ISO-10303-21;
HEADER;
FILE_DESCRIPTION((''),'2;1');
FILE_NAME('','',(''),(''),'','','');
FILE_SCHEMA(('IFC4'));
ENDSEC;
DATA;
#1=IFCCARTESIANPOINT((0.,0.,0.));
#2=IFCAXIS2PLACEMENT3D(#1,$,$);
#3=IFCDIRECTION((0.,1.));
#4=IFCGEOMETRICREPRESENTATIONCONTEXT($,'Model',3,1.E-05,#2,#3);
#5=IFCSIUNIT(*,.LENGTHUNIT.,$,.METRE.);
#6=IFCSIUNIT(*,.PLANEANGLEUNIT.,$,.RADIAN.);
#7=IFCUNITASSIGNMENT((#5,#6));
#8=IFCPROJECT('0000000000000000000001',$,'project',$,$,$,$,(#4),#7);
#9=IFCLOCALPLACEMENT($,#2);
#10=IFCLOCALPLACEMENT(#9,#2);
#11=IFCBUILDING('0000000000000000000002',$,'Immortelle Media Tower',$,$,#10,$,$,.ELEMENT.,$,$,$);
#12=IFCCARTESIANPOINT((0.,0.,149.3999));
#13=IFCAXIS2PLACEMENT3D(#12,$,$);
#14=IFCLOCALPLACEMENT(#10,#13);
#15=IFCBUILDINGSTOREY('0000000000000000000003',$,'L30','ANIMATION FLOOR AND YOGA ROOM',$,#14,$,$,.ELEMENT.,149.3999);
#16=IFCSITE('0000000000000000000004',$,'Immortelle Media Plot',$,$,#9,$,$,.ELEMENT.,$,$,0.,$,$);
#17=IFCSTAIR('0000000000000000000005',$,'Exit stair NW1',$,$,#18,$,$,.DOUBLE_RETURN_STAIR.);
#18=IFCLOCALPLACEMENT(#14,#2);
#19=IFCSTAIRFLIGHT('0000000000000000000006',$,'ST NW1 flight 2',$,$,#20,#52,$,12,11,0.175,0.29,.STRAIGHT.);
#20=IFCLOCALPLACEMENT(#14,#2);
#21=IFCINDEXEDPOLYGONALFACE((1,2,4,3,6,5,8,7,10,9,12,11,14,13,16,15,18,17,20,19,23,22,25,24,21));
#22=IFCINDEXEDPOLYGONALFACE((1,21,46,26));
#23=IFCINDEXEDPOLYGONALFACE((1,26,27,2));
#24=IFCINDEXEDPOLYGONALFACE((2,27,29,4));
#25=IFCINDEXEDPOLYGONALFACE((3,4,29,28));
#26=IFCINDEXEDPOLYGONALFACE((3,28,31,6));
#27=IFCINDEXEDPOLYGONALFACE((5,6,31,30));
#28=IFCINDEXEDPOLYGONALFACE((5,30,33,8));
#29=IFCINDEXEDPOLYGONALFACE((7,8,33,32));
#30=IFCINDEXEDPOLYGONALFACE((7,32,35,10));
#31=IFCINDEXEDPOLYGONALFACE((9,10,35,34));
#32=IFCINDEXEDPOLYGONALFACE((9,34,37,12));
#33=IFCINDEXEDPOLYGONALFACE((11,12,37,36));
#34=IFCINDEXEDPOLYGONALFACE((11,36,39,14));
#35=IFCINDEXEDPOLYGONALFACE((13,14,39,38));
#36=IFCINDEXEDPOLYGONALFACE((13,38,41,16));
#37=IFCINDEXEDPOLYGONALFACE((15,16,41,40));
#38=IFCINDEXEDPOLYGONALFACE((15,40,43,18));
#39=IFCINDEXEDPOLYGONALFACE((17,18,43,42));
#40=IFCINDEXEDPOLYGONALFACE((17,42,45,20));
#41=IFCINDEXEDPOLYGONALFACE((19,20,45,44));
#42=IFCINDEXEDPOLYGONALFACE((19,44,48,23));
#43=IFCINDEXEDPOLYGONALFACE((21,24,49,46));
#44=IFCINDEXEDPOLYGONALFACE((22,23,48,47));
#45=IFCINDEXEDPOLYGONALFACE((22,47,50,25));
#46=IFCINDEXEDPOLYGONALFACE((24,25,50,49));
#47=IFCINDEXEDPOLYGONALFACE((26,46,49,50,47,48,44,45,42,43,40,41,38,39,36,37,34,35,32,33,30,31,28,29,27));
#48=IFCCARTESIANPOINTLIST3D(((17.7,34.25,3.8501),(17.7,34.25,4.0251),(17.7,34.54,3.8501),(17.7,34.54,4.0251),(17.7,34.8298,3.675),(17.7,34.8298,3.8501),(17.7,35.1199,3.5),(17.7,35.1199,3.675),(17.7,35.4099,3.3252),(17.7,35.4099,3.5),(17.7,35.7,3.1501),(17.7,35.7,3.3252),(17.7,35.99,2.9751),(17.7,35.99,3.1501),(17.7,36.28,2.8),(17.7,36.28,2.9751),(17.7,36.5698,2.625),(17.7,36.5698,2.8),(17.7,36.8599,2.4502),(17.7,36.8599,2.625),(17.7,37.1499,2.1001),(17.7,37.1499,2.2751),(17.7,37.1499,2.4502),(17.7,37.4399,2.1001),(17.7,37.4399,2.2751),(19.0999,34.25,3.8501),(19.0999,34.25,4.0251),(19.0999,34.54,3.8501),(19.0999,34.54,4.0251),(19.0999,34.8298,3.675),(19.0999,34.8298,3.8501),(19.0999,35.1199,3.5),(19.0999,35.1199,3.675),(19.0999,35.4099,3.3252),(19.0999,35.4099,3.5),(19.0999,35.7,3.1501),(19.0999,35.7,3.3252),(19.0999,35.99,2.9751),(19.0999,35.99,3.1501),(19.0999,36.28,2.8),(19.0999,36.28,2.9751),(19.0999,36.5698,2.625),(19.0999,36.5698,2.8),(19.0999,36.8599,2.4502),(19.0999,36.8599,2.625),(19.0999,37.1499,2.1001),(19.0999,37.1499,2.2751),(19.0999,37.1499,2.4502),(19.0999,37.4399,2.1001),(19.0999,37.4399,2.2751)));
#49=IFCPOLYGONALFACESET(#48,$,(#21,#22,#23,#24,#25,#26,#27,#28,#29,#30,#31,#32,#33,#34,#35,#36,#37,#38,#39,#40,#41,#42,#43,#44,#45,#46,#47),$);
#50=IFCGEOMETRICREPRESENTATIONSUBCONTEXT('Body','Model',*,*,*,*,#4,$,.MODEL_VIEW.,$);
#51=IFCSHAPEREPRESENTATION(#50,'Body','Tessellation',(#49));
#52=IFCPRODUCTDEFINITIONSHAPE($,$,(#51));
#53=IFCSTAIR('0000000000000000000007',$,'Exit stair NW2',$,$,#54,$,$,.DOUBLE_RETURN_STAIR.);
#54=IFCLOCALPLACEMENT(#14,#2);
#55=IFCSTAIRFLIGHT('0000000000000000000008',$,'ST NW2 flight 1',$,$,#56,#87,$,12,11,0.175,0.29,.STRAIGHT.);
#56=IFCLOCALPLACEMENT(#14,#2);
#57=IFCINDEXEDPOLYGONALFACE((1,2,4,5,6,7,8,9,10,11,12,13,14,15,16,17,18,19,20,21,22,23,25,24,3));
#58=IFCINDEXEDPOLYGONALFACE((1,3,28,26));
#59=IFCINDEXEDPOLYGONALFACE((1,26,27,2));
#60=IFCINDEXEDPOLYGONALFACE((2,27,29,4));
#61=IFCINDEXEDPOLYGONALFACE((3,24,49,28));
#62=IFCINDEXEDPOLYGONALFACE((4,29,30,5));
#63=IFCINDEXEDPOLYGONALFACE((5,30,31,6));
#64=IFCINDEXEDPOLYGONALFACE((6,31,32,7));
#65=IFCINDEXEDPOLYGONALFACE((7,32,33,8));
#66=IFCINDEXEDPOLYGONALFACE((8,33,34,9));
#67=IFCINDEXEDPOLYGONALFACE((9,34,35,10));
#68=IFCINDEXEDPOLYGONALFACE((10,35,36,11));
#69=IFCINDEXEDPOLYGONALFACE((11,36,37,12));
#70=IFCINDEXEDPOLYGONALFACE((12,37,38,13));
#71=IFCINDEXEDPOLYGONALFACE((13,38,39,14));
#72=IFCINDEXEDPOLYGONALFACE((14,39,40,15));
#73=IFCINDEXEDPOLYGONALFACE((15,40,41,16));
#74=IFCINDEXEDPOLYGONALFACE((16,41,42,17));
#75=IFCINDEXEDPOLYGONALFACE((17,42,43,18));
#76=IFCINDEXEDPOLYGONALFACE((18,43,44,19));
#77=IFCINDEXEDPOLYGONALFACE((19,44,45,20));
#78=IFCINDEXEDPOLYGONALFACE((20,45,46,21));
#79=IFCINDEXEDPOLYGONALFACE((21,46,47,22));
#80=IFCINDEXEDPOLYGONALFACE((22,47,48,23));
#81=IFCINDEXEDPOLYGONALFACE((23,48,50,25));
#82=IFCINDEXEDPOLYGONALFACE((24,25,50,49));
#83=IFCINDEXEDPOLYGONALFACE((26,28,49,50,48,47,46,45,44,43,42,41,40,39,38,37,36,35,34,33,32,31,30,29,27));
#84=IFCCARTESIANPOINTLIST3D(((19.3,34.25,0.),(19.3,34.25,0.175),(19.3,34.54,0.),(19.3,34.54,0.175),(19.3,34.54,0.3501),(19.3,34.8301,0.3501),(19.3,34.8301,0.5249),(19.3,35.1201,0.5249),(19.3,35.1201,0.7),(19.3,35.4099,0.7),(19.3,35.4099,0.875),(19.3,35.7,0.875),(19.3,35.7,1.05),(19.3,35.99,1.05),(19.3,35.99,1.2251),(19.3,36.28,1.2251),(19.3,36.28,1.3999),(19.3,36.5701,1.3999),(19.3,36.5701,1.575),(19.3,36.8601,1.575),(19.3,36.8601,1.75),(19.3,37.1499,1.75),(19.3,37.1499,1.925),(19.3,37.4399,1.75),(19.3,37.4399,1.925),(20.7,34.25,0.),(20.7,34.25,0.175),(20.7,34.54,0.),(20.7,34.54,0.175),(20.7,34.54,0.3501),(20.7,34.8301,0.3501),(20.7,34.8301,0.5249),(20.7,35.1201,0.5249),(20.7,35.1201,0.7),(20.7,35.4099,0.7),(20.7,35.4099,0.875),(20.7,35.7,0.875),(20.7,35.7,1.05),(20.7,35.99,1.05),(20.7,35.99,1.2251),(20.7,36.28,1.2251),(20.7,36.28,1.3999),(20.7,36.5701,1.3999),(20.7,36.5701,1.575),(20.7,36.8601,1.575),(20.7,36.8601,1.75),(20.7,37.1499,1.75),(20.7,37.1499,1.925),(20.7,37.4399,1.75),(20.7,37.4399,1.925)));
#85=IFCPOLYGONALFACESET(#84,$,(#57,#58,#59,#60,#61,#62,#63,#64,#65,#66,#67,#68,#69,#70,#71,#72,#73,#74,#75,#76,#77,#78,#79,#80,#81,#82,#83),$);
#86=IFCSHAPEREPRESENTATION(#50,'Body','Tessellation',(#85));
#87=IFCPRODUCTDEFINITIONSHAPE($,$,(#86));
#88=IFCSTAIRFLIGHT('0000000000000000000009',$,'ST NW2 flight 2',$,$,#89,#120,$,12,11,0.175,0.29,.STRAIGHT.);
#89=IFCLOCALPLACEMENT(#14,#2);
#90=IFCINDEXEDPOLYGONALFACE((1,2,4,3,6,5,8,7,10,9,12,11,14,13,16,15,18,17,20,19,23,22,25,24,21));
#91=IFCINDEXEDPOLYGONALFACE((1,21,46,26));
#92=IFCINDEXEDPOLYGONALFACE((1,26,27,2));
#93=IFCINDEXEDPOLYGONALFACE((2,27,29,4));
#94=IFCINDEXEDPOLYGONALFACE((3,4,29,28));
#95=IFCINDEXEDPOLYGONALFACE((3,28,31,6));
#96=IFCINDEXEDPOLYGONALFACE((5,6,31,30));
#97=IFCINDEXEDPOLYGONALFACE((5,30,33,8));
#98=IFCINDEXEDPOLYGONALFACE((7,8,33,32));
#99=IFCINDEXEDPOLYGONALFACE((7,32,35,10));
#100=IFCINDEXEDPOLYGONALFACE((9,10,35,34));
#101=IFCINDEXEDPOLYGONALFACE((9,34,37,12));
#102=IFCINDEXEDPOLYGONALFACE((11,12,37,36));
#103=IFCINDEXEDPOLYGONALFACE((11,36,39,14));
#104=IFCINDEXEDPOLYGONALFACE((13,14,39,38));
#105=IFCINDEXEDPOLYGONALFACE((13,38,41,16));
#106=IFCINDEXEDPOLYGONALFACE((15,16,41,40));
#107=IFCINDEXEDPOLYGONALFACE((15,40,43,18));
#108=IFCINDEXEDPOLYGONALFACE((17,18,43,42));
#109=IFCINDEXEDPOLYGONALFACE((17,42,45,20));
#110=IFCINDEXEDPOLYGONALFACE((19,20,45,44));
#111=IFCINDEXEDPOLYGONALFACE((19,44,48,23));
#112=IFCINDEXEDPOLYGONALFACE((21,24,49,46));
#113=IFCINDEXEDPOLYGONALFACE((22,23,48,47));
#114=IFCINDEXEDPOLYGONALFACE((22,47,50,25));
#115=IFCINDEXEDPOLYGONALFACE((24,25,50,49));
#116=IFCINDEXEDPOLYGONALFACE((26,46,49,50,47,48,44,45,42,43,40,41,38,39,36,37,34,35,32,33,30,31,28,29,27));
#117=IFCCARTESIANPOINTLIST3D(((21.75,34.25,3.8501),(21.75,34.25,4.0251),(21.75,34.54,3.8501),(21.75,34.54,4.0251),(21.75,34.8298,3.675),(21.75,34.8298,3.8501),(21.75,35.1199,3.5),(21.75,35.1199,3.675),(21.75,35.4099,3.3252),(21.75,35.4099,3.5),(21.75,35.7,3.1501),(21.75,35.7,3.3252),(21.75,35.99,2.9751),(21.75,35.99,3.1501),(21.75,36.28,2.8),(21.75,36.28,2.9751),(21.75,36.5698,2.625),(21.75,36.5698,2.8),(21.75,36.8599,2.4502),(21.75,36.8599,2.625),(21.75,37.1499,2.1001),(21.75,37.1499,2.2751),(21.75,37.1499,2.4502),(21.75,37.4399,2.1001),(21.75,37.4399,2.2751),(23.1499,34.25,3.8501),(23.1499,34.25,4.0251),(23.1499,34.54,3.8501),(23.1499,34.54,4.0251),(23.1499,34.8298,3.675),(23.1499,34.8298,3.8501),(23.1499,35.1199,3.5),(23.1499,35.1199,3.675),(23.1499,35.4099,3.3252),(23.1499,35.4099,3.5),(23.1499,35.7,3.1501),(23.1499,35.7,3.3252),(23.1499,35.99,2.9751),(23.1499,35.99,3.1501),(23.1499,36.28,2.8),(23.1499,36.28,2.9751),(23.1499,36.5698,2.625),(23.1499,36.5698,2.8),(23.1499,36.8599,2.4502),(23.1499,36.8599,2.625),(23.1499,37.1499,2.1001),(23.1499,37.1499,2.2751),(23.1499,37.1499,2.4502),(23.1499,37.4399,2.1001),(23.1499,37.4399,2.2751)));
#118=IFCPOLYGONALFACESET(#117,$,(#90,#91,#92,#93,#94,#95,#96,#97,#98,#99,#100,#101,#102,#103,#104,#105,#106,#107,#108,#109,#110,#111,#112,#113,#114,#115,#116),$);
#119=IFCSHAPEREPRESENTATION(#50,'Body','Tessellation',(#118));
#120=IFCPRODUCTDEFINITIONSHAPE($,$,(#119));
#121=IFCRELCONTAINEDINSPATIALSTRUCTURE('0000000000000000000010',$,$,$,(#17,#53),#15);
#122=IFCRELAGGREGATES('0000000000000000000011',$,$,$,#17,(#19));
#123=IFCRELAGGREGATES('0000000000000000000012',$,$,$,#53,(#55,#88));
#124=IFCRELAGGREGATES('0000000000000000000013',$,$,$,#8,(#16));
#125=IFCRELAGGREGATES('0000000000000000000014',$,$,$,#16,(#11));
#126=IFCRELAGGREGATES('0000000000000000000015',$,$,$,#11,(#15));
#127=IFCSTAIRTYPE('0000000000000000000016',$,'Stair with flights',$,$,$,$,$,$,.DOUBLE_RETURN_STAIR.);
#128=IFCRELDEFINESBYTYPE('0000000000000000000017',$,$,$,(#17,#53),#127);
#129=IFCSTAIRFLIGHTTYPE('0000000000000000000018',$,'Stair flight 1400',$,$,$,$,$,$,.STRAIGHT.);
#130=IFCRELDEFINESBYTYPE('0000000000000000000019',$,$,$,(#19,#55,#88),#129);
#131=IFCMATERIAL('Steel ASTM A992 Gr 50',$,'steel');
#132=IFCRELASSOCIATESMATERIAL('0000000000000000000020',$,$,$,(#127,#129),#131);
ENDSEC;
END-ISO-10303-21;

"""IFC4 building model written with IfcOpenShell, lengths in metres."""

from ifc_helpers import new_model, si_unit, direction, frame, origin, place, context, subcontext, project, spatial, polyline, outline, extrude, material, type_object, element, aggregate, save


model = new_model("IFC4")

# Units and contexts
model_context = context("Model", 3, precision=1e-05, world=origin(), true_north=direction((0.0, 1.0)))
body_context = subcontext(model_context, "Body", "Model", "MODEL_VIEW")
ifc_project = project(units=[si_unit("LENGTHUNIT", "METRE"), si_unit("PLANEANGLEUNIT", "RADIAN")], contexts=[model_context])

# Site, building, storey
site_placement = place(None, origin())
site = spatial("IfcSite", under=ifc_project, at=site_placement, Name="Immortelle Media Plot", CompositionType="ELEMENT", RefElevation=0.0)
building_placement = place(site_placement, origin())
building = spatial("IfcBuilding", under=site, at=building_placement, Name="Immortelle Media Tower", CompositionType="ELEMENT")
storey_placement = place(building_placement, frame((0.0, 0.0, 149.3999)))
storey = spatial("IfcBuildingStorey", under=building, at=storey_placement, Name="L30", Description="ANIMATION FLOOR AND YOGA ROOM", CompositionType="ELEMENT", Elevation=149.3999)

# Shared definitions
ifc_material_1 = material(Name="Steel ASTM A992 Gr 50", Category="steel")

# Stairs, stair flights
stair_type = type_object("IfcStairType", Name="Stair with flights", PredefinedType="DOUBLE_RETURN_STAIR", material=ifc_material_1)
stair_1_placement = place(storey_placement, origin())
stair_1 = element("IfcStair", 1, at=stair_1_placement, inside=storey, type_object=stair_type, Name="Exit stair NW1", PredefinedType="DOUBLE_RETURN_STAIR")
stair_flight_type = type_object("IfcStairFlightType", Name="Stair flight 1400", PredefinedType="STRAIGHT", material=ifc_material_1)
stair_flight_1_placement = place(storey_placement, frame((18.3999, 37.4399, 2.1001), z_axis=(0.0, 0.0, 1.0), x_axis=(0.0, -1.0, 0.0)))
stair_flight_1 = element("IfcStairFlight", 2, at=stair_flight_1_placement, type_object=stair_flight_type, Name="ST NW1 flight 2", NumberOfRisers=12, NumberOfTreads=11, PredefinedType="STRAIGHT", RiserHeight=0.175, TreadLength=0.29, context=body_context, shape_type="SweptSolid", body=[
    extrude(outline(polyline([(0.0, 0.0), (0.0, 0.175), (0.29, 0.175), (0.29, 0.3501), (0.5801, 0.3501), (0.5801, 0.5249), (0.8701, 0.5249), (0.8701, 0.7), (1.1599, 0.7), (1.1599, 0.875), (1.45, 0.875), (1.45, 1.05), (1.74, 1.05), (1.74, 1.2251), (2.03, 1.2251), (2.03, 1.3999), (2.3201, 1.3999), (2.3201, 1.575), (2.6101, 1.575), (2.6101, 1.75), (2.8999, 1.75), (2.8999, 1.925), (3.1899, 1.925), (3.1899, 2.1001), (3.1899, 1.75), (0.29, 0.0), (0.0, 0.0)])), frame((0.0, 0.7, 0.0), z_axis=(0.0, -1.0, 0.0), x_axis=(1.0, 0.0, 0.0)), (0.0, 0.0, 1.0), 1.3999),
])
aggregate(stair_1, [stair_flight_1])
stair_2_placement = place(storey_placement, origin())
stair_2 = element("IfcStair", 3, at=stair_2_placement, inside=storey, type_object=stair_type, Name="Exit stair NW2", PredefinedType="DOUBLE_RETURN_STAIR")
stair_flight_2_placement = place(storey_placement, frame((20.0, 34.25, 0.0), z_axis=(0.0, 0.0, 1.0), x_axis=(0.0, 1.0, 0.0)))
stair_flight_2 = element("IfcStairFlight", 4, at=stair_flight_2_placement, type_object=stair_flight_type, Name="ST NW2 flight 1", NumberOfRisers=12, NumberOfTreads=11, PredefinedType="STRAIGHT", RiserHeight=0.175, TreadLength=0.29, context=body_context, shape_type="SweptSolid", body=[
    extrude(outline(polyline([(0.0, 0.0), (0.0, 0.175), (0.29, 0.175), (0.29, 0.3501), (0.5801, 0.3501), (0.5801, 0.5249), (0.8701, 0.5249), (0.8701, 0.7), (1.1599, 0.7), (1.1599, 0.875), (1.45, 0.875), (1.45, 1.05), (1.74, 1.05), (1.74, 1.2251), (2.03, 1.2251), (2.03, 1.3999), (2.3201, 1.3999), (2.3201, 1.575), (2.6101, 1.575), (2.6101, 1.75), (2.8999, 1.75), (2.8999, 1.925), (3.1899, 1.925), (3.1899, 2.1001), (3.1899, 1.75), (0.29, 0.0), (0.0, 0.0)])), frame((0.0, 0.7, 0.0), z_axis=(0.0, -1.0, 0.0), x_axis=(1.0, 0.0, 0.0)), (0.0, 0.0, 1.0), 1.3999),
])
stair_flight_3_placement = place(storey_placement, frame((22.45, 37.4399, 2.1001), z_axis=(0.0, 0.0, 1.0), x_axis=(0.0, -1.0, 0.0)))
stair_flight_3 = element("IfcStairFlight", 5, at=stair_flight_3_placement, type_object=stair_flight_type, Name="ST NW2 flight 2", NumberOfRisers=12, NumberOfTreads=11, PredefinedType="STRAIGHT", RiserHeight=0.175, TreadLength=0.29, context=body_context, shape_type="SweptSolid", body=[
    extrude(outline(polyline([(0.0, 0.0), (0.0, 0.175), (0.29, 0.175), (0.29, 0.3501), (0.5801, 0.3501), (0.5801, 0.5249), (0.8701, 0.5249), (0.8701, 0.7), (1.1599, 0.7), (1.1599, 0.875), (1.45, 0.875), (1.45, 1.05), (1.74, 1.05), (1.74, 1.2251), (2.03, 1.2251), (2.03, 1.3999), (2.3201, 1.3999), (2.3201, 1.575), (2.6101, 1.575), (2.6101, 1.75), (2.8999, 1.75), (2.8999, 1.925), (3.1899, 1.925), (3.1899, 2.1001), (3.1899, 1.75), (0.29, 0.0), (0.0, 0.0)])), frame((0.0, 0.7, 0.0), z_axis=(0.0, -1.0, 0.0), x_axis=(1.0, 0.0, 0.0)), (0.0, 0.0, 1.0), 1.3999),
])
aggregate(stair_2, [stair_flight_2, stair_flight_3])

save(model, "model.ifc")
